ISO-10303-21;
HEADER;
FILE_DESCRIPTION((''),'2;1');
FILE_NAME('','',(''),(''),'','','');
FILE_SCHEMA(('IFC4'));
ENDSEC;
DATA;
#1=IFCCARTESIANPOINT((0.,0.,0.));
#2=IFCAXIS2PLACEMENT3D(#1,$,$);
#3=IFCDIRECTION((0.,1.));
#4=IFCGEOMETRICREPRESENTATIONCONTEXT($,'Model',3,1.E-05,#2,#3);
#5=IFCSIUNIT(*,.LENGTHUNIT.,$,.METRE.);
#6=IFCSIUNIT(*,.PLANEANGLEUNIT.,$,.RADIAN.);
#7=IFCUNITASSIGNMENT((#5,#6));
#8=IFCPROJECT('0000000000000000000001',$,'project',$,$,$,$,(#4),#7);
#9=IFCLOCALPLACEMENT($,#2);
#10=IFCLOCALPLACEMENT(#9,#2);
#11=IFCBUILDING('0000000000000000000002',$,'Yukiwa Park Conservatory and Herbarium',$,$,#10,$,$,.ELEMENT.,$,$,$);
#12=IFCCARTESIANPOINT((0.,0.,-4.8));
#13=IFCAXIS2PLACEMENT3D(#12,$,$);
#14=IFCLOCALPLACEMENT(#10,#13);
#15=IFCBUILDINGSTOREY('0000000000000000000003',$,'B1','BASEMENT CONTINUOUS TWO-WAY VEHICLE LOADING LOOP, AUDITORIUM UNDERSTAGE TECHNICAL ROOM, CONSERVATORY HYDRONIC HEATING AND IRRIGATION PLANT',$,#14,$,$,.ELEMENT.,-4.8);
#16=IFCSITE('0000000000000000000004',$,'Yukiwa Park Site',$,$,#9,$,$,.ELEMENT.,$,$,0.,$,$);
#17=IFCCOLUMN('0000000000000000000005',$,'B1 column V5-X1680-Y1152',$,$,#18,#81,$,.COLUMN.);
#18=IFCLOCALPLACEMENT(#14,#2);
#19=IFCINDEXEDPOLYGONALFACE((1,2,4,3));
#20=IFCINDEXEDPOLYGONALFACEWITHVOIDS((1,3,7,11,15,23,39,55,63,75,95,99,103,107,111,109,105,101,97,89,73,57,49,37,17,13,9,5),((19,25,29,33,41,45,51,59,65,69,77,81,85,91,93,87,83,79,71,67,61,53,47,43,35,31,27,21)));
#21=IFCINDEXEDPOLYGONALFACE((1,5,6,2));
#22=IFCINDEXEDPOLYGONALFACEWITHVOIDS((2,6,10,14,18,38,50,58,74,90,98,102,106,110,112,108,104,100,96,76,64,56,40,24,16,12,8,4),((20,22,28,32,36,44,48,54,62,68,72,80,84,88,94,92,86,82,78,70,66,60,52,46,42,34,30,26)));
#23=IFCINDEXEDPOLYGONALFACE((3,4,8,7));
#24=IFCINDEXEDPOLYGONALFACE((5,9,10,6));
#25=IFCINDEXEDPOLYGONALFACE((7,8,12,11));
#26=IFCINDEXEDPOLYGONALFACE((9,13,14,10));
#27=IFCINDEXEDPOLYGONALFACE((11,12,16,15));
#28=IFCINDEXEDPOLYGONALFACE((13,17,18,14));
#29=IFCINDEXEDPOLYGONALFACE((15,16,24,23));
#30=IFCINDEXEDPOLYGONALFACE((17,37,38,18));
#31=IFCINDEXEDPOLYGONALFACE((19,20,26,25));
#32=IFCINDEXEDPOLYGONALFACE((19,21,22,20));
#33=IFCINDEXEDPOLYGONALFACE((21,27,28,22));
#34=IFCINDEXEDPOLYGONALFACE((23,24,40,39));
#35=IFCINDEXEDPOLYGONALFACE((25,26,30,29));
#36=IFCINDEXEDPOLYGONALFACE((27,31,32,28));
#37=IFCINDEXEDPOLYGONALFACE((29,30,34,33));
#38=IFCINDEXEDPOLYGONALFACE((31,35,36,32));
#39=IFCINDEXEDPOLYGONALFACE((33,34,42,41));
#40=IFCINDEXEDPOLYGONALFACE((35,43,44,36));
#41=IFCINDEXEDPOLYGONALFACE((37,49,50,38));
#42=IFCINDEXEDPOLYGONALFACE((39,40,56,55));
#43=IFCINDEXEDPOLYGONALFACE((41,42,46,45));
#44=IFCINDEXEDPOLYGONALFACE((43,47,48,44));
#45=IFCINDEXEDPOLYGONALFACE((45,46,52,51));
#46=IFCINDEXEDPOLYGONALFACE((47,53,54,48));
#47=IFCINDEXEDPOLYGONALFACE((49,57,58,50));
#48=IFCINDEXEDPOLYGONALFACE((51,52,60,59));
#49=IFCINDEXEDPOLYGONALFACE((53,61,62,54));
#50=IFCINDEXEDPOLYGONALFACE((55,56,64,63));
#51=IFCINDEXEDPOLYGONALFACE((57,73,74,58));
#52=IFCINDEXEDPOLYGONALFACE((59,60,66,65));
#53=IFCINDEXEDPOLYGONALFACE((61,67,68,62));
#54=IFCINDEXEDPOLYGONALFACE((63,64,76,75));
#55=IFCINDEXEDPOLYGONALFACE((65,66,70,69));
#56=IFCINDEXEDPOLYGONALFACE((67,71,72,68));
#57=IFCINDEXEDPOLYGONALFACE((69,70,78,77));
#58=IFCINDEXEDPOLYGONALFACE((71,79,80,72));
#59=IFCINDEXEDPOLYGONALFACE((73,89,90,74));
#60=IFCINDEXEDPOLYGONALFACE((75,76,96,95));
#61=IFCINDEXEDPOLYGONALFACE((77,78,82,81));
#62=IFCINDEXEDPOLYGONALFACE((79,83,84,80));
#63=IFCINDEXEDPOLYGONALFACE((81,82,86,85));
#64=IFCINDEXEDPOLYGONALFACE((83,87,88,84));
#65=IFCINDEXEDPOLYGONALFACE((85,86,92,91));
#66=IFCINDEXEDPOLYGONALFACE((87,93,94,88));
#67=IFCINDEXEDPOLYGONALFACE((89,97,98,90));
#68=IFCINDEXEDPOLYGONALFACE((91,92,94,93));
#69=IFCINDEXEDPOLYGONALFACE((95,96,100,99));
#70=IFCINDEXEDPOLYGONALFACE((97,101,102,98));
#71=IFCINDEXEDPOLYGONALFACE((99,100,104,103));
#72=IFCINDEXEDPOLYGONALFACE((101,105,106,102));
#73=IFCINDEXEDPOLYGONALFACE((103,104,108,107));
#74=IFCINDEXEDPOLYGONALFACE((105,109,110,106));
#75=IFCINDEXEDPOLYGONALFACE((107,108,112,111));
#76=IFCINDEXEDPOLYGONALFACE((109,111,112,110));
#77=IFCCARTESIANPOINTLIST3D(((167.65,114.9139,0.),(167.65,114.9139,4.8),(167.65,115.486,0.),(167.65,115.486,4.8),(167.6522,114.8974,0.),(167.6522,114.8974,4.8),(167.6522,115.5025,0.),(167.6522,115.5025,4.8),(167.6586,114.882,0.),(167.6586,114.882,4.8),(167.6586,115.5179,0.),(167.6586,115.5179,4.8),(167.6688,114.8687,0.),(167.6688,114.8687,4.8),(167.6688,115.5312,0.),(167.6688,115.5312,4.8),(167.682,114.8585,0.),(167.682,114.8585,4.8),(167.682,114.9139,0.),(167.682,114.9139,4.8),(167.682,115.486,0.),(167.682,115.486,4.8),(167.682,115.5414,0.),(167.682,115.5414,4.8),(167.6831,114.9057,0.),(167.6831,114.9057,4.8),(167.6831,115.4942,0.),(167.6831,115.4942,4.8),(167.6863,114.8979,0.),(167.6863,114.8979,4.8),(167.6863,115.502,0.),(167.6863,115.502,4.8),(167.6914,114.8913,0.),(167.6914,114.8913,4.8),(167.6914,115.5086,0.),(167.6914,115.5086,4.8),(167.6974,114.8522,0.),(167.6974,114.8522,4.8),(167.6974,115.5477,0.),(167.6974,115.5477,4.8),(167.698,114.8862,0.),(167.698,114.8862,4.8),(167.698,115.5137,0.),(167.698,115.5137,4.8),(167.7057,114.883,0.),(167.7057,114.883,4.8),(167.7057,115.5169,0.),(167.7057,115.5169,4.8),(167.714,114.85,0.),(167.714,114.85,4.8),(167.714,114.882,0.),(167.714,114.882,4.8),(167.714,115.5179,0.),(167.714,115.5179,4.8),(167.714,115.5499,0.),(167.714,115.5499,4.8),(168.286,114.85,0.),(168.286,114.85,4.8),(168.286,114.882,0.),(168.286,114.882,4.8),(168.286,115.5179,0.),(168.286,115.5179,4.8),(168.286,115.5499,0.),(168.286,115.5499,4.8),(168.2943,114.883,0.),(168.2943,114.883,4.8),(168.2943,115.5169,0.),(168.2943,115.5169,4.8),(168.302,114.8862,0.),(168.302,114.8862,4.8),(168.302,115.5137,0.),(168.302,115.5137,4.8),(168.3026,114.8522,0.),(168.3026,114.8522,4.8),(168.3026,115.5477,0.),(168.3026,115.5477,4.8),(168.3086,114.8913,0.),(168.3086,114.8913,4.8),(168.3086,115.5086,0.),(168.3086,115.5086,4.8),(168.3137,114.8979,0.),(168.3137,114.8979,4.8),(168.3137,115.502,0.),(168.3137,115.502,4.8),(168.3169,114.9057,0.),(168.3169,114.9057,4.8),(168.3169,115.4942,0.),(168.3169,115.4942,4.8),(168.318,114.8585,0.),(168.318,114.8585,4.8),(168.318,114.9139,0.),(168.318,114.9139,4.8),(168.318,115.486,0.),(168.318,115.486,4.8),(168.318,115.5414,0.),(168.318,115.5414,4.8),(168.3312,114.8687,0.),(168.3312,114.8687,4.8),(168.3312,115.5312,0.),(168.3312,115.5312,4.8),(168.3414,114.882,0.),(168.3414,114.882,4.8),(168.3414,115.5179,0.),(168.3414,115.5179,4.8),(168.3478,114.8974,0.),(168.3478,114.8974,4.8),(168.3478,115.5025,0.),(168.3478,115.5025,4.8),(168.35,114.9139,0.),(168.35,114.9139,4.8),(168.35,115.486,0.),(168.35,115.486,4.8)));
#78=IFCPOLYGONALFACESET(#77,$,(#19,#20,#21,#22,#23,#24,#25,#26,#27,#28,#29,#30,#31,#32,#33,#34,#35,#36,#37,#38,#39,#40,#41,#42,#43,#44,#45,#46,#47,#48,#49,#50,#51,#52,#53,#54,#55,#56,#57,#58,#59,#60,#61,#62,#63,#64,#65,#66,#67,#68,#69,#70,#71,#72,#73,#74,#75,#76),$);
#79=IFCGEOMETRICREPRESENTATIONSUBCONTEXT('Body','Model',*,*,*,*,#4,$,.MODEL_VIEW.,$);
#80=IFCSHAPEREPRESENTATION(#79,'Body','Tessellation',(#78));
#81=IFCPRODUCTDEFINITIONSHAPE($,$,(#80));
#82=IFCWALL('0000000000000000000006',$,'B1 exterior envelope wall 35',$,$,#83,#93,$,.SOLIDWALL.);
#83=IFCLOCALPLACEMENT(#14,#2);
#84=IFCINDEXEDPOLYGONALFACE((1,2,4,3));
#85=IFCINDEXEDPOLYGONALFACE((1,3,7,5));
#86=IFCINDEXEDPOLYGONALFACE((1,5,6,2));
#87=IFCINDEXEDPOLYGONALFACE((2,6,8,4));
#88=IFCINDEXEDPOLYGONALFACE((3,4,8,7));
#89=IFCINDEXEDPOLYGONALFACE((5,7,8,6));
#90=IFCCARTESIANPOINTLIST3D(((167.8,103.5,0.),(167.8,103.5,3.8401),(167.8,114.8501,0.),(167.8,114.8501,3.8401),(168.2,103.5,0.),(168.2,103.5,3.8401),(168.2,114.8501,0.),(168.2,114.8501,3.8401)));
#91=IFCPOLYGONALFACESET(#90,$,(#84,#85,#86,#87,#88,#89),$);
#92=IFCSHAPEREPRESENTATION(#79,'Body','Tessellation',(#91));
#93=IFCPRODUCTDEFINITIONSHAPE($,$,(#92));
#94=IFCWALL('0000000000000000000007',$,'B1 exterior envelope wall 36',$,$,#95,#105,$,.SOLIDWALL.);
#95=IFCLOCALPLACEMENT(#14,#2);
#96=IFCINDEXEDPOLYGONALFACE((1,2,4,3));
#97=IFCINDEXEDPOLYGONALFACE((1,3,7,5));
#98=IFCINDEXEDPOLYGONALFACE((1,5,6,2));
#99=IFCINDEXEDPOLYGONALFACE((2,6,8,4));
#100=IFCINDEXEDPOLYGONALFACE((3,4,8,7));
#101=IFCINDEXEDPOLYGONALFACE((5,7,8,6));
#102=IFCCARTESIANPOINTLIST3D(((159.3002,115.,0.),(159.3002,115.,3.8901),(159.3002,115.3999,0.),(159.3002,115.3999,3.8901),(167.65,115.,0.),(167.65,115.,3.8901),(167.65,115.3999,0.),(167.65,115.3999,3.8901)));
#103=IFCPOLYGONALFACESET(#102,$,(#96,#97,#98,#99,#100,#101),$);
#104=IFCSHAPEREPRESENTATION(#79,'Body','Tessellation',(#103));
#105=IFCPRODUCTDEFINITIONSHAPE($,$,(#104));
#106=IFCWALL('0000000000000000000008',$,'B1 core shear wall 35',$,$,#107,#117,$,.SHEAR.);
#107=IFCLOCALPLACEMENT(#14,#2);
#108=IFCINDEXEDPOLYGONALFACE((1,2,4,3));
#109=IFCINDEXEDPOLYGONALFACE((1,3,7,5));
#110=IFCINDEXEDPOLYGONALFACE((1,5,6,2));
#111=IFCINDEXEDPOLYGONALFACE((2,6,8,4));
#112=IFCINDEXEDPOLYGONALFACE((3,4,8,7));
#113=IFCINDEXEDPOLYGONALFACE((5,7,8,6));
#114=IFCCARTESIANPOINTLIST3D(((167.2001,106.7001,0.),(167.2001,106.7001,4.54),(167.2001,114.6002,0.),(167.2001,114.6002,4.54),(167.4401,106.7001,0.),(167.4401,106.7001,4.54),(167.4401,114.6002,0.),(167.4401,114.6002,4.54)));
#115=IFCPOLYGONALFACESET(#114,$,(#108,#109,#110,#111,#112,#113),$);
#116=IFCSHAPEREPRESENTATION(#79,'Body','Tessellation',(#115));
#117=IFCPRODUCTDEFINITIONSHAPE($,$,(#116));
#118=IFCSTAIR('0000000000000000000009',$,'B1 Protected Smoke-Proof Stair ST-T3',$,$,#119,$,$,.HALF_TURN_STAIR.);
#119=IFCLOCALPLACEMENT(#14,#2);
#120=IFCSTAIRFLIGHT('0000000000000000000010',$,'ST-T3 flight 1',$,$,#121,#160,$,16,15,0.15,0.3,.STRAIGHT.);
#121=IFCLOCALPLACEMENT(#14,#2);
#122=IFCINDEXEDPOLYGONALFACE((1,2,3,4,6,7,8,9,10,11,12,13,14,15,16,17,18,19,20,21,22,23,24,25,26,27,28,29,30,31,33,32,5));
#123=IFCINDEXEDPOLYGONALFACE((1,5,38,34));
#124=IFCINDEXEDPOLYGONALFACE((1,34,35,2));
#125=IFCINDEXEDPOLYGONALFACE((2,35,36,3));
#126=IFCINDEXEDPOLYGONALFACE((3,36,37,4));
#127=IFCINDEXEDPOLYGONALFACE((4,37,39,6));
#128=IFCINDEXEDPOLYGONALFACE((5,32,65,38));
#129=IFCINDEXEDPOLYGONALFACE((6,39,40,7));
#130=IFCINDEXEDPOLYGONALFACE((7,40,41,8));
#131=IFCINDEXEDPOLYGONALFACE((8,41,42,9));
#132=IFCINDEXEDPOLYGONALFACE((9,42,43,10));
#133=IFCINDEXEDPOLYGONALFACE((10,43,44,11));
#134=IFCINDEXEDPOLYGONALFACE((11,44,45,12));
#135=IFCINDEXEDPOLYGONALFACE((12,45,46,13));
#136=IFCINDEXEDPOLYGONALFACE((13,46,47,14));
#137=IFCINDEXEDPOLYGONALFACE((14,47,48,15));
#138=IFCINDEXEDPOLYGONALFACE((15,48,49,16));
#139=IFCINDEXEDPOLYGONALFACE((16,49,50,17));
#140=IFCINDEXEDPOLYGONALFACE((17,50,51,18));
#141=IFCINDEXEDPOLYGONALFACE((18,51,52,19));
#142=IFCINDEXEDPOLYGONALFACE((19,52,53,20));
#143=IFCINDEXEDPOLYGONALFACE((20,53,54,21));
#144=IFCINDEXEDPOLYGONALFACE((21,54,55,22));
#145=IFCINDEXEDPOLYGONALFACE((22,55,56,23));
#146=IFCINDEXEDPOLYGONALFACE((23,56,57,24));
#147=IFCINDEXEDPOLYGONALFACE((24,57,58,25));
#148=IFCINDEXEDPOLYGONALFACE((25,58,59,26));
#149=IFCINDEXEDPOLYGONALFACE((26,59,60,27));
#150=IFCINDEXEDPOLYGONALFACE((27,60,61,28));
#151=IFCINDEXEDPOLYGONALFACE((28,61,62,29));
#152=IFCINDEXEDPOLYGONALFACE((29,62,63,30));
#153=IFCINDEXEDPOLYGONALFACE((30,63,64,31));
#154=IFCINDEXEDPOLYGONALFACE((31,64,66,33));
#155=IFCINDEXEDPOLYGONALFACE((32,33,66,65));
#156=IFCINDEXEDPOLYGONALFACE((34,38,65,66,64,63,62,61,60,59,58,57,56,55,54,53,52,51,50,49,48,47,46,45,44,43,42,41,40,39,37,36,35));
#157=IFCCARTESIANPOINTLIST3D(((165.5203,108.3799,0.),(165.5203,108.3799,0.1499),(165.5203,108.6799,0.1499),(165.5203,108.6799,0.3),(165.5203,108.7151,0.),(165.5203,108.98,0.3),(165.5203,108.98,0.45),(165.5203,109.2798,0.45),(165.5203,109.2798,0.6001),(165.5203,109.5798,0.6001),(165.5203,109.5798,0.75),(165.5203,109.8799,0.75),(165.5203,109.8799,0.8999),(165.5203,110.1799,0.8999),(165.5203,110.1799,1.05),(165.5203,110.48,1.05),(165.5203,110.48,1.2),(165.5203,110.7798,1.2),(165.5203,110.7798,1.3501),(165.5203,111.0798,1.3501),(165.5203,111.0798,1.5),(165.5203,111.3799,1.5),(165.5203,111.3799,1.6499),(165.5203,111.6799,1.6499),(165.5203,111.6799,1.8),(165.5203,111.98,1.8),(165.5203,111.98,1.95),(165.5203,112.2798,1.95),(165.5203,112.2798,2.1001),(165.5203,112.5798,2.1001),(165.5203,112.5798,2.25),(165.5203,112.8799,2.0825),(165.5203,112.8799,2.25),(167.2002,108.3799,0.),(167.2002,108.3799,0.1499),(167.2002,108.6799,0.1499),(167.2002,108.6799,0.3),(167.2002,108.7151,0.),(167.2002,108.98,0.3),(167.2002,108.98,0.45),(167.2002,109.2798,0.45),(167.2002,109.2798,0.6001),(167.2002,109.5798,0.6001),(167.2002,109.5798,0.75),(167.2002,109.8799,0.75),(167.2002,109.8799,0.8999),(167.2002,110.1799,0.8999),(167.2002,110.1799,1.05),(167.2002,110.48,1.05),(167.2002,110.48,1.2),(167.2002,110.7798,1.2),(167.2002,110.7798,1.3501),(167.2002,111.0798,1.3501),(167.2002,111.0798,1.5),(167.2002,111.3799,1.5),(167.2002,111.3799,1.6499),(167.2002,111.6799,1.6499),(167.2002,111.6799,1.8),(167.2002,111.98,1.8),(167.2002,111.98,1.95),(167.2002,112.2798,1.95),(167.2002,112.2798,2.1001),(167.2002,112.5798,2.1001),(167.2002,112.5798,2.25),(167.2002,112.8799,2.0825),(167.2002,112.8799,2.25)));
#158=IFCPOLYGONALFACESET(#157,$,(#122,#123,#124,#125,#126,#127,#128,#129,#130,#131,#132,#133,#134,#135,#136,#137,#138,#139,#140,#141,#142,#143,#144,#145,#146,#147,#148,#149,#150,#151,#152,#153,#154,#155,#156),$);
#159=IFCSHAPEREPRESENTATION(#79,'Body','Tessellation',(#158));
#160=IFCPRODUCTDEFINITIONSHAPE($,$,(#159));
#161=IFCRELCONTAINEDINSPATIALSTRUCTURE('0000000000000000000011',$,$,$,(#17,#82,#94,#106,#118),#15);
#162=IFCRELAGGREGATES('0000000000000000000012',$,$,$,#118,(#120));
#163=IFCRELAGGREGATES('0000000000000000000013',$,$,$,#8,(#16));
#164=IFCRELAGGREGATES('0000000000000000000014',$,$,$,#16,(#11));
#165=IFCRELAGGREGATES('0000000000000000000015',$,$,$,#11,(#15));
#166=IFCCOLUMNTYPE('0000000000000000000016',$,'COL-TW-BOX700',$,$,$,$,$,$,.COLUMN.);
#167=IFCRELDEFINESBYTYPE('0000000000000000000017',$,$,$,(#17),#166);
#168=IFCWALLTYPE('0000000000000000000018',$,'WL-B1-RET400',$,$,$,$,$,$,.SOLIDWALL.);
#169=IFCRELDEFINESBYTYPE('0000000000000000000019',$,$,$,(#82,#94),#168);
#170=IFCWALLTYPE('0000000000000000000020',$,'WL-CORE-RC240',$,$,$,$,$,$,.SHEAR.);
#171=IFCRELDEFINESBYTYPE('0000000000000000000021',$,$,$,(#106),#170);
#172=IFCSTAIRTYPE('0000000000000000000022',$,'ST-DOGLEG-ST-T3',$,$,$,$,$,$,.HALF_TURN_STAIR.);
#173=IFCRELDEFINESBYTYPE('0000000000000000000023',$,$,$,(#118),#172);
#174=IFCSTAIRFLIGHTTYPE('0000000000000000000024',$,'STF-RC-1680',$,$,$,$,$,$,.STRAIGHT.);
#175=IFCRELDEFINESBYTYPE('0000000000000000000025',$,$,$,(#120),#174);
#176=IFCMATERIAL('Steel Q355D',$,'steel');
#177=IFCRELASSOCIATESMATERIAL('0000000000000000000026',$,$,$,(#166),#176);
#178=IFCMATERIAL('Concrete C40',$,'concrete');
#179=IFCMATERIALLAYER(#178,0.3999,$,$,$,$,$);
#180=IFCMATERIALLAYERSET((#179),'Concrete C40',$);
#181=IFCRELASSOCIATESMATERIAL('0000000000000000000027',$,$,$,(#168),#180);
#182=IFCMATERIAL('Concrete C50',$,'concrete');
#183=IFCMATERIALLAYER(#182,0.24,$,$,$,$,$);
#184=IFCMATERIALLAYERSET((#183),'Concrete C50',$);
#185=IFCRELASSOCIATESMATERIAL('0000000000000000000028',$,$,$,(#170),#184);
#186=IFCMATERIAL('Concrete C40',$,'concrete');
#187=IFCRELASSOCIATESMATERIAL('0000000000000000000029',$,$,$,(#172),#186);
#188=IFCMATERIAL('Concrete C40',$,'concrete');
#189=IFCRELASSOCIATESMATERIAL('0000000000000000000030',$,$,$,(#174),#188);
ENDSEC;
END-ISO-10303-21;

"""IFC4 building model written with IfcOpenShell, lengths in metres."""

from ifc_helpers import new_model, si_unit, direction, frame, frame_2d, origin, origin_2d, place, context, subcontext, project, spatial, polyline, rectangle, hollow_rectangle, outline, extrude, material, layer, layer_set, material_profile, profile_set, type_object, element, aggregate, save


model = new_model("IFC4")

# Units and contexts
model_context = context("Model", 3, precision=1e-05, world=origin(), true_north=direction((0.0, 1.0)))
body_context = subcontext(model_context, "Body", "Model", "MODEL_VIEW")
ifc_project = project(units=[si_unit("LENGTHUNIT", "METRE"), si_unit("PLANEANGLEUNIT", "RADIAN")], contexts=[model_context])

# Site, building, storey
site_placement = place(None, origin())
site = spatial("IfcSite", under=ifc_project, at=site_placement, Name="Yukiwa Park Site", CompositionType="ELEMENT", RefElevation=0.0)
building_placement = place(site_placement, origin())
building = spatial("IfcBuilding", under=site, at=building_placement, Name="Yukiwa Park Conservatory and Herbarium", CompositionType="ELEMENT")
storey_placement = place(building_placement, frame((0.0, 0.0, -4.8)))
storey = spatial("IfcBuildingStorey", under=building, at=storey_placement, Name="B1", Description="BASEMENT CONTINUOUS TWO-WAY VEHICLE LOADING LOOP, AUDITORIUM UNDERSTAGE TECHNICAL ROOM, CONSERVATORY HYDRONIC HEATING AND IRRIGATION PLANT", CompositionType="ELEMENT", Elevation=-4.8)

# Column
ifc_material_1 = material(Name="Steel Q355D", Category="steel")
ifc_material_profile_1 = material_profile(ifc_material_1, hollow_rectangle(XDim=0.7, YDim=0.7, WallThickness=0.032, InnerFilletRadius=0.032, OuterFilletRadius=0.064, at=origin_2d()), Name="BOX 700x700x32")
ifc_profile_set_1 = profile_set([ifc_material_profile_1], Name="Steel Q355D")
column_type_1 = type_object("IfcColumnType", Name="COL-TW-BOX700", PredefinedType="COLUMN", material=ifc_profile_set_1)
column_1_placement = place(storey_placement, frame((168.0, 115.2, 0.0), z_axis=(0.0, 0.0, 1.0), x_axis=(1.0, 0.0, 0.0)))
element("IfcColumn", 1, at=column_1_placement, inside=storey, type_object=column_type_1, Name="B1 column V5-X1680-Y1152", PredefinedType="COLUMN", context=body_context, shape_type="SweptSolid", body=[
    extrude(hollow_rectangle(XDim=0.7, YDim=0.7, WallThickness=0.032, InnerFilletRadius=0.032, OuterFilletRadius=0.064, at=origin_2d()), origin(), (0.0, 0.0, 1.0), 4.8),
])

# Walls
ifc_material_2 = material(Name="Concrete C40", Category="concrete")
ifc_layer_1 = layer(ifc_material_2, 0.3999)
ifc_layer_set_1 = layer_set([ifc_layer_1], Name="Concrete C40")
wall_type_1 = type_object("IfcWallType", Name="WL-B1-RET400", PredefinedType="SOLIDWALL", material=ifc_layer_set_1)
wall_1_placement = place(storey_placement, frame((168.0, 103.5, 0.0), z_axis=(0.0, 0.0, 1.0), x_axis=(0.0, 1.0, 0.0)))
element("IfcWall", 2, at=wall_1_placement, inside=storey, type_object=wall_type_1, Name="B1 exterior envelope wall 35", PredefinedType="SOLIDWALL", context=body_context, shape_type="SweptSolid", body=[
    extrude(rectangle(XDim=11.3501, YDim=0.3999, at=frame_2d((5.675, 0.0))), origin(), (0.0, 0.0, 1.0), 3.8401),
])
wall_2_placement = place(storey_placement, frame((167.6499, 115.2, 0.0), z_axis=(0.0, 0.0, 1.0), x_axis=(-1.0, 0.0, 0.0)))
element("IfcWall", 3, at=wall_2_placement, inside=storey, type_object=wall_type_1, Name="B1 exterior envelope wall 36", PredefinedType="SOLIDWALL", context=body_context, shape_type="SweptSolid", body=[
    extrude(rectangle(XDim=8.3499, YDim=0.3999, at=frame_2d((4.1748, 0.0))), origin(), (0.0, 0.0, 1.0), 3.8901),
])
ifc_material_3 = material(Name="Concrete C50", Category="concrete")
ifc_layer_2 = layer(ifc_material_3, 0.24)
ifc_layer_set_2 = layer_set([ifc_layer_2], Name="Concrete C50")
wall_type_2 = type_object("IfcWallType", Name="WL-CORE-RC240", PredefinedType="SHEAR", material=ifc_layer_set_2)
wall_3_placement = place(storey_placement, frame((167.3201, 106.7, 0.0), z_axis=(0.0, 0.0, 1.0), x_axis=(0.0, 1.0, 0.0)))
element("IfcWall", 4, at=wall_3_placement, inside=storey, type_object=wall_type_2, Name="B1 core shear wall 35", PredefinedType="SHEAR", context=body_context, shape_type="SweptSolid", body=[
    extrude(rectangle(XDim=7.9001, YDim=0.24, at=frame_2d((3.9502, 0.0))), origin(), (0.0, 0.0, 1.0), 4.54),
])

# Stair, stair flight
ifc_material_4 = material(Name="Concrete C40", Category="concrete")
stair_type = type_object("IfcStairType", Name="ST-DOGLEG-ST-T3", PredefinedType="HALF_TURN_STAIR", material=ifc_material_4)
stair_placement = place(storey_placement, origin())
stair = element("IfcStair", 5, at=stair_placement, inside=storey, type_object=stair_type, Name="B1 Protected Smoke-Proof Stair ST-T3", PredefinedType="HALF_TURN_STAIR")
ifc_material_5 = material(Name="Concrete C40", Category="concrete")
stair_flight_type = type_object("IfcStairFlightType", Name="STF-RC-1680", PredefinedType="STRAIGHT", material=ifc_material_5)
stair_flight_placement = place(storey_placement, frame((166.3601, 108.3799, 0.0), z_axis=(0.0, 0.0, 1.0), x_axis=(0.0, 1.0, 0.0)))
stair_flight = element("IfcStairFlight", 6, at=stair_flight_placement, type_object=stair_flight_type, Name="ST-T3 flight 1", NumberOfRisers=16, NumberOfTreads=15, PredefinedType="STRAIGHT", RiserHeight=0.15, TreadLength=0.3, context=body_context, shape_type="SweptSolid", body=[
    extrude(outline(polyline([(0.0, 0.0), (0.0, 0.1499), (0.3, 0.1499), (0.3, 0.3), (0.6001, 0.3), (0.6001, 0.45), (0.8999, 0.45), (0.8999, 0.6001), (1.2, 0.6001), (1.2, 0.75), (1.5, 0.75), (1.5, 0.8999), (1.8, 0.8999), (1.8, 1.05), (2.1001, 1.05), (2.1001, 1.2), (2.3999, 1.2), (2.3999, 1.3501), (2.7, 1.3501), (2.7, 1.5), (3.0, 1.5), (3.0, 1.6499), (3.3, 1.6499), (3.3, 1.8), (3.6001, 1.8), (3.6001, 1.95), (3.8999, 1.95), (3.8999, 2.1001), (4.2, 2.1001), (4.2, 2.25), (4.5, 2.25), (4.5, 2.3999), (4.5, 2.0825), (0.3352, 0.0), (0.0, 0.0)])), frame((0.0, 0.8398, 0.0), z_axis=(0.0, -1.0, 0.0), x_axis=(1.0, 0.0, 0.0)), (0.0, 0.0, 1.0), 1.6799),
])
aggregate(stair, [stair_flight])

save(model, "model.ifc")
